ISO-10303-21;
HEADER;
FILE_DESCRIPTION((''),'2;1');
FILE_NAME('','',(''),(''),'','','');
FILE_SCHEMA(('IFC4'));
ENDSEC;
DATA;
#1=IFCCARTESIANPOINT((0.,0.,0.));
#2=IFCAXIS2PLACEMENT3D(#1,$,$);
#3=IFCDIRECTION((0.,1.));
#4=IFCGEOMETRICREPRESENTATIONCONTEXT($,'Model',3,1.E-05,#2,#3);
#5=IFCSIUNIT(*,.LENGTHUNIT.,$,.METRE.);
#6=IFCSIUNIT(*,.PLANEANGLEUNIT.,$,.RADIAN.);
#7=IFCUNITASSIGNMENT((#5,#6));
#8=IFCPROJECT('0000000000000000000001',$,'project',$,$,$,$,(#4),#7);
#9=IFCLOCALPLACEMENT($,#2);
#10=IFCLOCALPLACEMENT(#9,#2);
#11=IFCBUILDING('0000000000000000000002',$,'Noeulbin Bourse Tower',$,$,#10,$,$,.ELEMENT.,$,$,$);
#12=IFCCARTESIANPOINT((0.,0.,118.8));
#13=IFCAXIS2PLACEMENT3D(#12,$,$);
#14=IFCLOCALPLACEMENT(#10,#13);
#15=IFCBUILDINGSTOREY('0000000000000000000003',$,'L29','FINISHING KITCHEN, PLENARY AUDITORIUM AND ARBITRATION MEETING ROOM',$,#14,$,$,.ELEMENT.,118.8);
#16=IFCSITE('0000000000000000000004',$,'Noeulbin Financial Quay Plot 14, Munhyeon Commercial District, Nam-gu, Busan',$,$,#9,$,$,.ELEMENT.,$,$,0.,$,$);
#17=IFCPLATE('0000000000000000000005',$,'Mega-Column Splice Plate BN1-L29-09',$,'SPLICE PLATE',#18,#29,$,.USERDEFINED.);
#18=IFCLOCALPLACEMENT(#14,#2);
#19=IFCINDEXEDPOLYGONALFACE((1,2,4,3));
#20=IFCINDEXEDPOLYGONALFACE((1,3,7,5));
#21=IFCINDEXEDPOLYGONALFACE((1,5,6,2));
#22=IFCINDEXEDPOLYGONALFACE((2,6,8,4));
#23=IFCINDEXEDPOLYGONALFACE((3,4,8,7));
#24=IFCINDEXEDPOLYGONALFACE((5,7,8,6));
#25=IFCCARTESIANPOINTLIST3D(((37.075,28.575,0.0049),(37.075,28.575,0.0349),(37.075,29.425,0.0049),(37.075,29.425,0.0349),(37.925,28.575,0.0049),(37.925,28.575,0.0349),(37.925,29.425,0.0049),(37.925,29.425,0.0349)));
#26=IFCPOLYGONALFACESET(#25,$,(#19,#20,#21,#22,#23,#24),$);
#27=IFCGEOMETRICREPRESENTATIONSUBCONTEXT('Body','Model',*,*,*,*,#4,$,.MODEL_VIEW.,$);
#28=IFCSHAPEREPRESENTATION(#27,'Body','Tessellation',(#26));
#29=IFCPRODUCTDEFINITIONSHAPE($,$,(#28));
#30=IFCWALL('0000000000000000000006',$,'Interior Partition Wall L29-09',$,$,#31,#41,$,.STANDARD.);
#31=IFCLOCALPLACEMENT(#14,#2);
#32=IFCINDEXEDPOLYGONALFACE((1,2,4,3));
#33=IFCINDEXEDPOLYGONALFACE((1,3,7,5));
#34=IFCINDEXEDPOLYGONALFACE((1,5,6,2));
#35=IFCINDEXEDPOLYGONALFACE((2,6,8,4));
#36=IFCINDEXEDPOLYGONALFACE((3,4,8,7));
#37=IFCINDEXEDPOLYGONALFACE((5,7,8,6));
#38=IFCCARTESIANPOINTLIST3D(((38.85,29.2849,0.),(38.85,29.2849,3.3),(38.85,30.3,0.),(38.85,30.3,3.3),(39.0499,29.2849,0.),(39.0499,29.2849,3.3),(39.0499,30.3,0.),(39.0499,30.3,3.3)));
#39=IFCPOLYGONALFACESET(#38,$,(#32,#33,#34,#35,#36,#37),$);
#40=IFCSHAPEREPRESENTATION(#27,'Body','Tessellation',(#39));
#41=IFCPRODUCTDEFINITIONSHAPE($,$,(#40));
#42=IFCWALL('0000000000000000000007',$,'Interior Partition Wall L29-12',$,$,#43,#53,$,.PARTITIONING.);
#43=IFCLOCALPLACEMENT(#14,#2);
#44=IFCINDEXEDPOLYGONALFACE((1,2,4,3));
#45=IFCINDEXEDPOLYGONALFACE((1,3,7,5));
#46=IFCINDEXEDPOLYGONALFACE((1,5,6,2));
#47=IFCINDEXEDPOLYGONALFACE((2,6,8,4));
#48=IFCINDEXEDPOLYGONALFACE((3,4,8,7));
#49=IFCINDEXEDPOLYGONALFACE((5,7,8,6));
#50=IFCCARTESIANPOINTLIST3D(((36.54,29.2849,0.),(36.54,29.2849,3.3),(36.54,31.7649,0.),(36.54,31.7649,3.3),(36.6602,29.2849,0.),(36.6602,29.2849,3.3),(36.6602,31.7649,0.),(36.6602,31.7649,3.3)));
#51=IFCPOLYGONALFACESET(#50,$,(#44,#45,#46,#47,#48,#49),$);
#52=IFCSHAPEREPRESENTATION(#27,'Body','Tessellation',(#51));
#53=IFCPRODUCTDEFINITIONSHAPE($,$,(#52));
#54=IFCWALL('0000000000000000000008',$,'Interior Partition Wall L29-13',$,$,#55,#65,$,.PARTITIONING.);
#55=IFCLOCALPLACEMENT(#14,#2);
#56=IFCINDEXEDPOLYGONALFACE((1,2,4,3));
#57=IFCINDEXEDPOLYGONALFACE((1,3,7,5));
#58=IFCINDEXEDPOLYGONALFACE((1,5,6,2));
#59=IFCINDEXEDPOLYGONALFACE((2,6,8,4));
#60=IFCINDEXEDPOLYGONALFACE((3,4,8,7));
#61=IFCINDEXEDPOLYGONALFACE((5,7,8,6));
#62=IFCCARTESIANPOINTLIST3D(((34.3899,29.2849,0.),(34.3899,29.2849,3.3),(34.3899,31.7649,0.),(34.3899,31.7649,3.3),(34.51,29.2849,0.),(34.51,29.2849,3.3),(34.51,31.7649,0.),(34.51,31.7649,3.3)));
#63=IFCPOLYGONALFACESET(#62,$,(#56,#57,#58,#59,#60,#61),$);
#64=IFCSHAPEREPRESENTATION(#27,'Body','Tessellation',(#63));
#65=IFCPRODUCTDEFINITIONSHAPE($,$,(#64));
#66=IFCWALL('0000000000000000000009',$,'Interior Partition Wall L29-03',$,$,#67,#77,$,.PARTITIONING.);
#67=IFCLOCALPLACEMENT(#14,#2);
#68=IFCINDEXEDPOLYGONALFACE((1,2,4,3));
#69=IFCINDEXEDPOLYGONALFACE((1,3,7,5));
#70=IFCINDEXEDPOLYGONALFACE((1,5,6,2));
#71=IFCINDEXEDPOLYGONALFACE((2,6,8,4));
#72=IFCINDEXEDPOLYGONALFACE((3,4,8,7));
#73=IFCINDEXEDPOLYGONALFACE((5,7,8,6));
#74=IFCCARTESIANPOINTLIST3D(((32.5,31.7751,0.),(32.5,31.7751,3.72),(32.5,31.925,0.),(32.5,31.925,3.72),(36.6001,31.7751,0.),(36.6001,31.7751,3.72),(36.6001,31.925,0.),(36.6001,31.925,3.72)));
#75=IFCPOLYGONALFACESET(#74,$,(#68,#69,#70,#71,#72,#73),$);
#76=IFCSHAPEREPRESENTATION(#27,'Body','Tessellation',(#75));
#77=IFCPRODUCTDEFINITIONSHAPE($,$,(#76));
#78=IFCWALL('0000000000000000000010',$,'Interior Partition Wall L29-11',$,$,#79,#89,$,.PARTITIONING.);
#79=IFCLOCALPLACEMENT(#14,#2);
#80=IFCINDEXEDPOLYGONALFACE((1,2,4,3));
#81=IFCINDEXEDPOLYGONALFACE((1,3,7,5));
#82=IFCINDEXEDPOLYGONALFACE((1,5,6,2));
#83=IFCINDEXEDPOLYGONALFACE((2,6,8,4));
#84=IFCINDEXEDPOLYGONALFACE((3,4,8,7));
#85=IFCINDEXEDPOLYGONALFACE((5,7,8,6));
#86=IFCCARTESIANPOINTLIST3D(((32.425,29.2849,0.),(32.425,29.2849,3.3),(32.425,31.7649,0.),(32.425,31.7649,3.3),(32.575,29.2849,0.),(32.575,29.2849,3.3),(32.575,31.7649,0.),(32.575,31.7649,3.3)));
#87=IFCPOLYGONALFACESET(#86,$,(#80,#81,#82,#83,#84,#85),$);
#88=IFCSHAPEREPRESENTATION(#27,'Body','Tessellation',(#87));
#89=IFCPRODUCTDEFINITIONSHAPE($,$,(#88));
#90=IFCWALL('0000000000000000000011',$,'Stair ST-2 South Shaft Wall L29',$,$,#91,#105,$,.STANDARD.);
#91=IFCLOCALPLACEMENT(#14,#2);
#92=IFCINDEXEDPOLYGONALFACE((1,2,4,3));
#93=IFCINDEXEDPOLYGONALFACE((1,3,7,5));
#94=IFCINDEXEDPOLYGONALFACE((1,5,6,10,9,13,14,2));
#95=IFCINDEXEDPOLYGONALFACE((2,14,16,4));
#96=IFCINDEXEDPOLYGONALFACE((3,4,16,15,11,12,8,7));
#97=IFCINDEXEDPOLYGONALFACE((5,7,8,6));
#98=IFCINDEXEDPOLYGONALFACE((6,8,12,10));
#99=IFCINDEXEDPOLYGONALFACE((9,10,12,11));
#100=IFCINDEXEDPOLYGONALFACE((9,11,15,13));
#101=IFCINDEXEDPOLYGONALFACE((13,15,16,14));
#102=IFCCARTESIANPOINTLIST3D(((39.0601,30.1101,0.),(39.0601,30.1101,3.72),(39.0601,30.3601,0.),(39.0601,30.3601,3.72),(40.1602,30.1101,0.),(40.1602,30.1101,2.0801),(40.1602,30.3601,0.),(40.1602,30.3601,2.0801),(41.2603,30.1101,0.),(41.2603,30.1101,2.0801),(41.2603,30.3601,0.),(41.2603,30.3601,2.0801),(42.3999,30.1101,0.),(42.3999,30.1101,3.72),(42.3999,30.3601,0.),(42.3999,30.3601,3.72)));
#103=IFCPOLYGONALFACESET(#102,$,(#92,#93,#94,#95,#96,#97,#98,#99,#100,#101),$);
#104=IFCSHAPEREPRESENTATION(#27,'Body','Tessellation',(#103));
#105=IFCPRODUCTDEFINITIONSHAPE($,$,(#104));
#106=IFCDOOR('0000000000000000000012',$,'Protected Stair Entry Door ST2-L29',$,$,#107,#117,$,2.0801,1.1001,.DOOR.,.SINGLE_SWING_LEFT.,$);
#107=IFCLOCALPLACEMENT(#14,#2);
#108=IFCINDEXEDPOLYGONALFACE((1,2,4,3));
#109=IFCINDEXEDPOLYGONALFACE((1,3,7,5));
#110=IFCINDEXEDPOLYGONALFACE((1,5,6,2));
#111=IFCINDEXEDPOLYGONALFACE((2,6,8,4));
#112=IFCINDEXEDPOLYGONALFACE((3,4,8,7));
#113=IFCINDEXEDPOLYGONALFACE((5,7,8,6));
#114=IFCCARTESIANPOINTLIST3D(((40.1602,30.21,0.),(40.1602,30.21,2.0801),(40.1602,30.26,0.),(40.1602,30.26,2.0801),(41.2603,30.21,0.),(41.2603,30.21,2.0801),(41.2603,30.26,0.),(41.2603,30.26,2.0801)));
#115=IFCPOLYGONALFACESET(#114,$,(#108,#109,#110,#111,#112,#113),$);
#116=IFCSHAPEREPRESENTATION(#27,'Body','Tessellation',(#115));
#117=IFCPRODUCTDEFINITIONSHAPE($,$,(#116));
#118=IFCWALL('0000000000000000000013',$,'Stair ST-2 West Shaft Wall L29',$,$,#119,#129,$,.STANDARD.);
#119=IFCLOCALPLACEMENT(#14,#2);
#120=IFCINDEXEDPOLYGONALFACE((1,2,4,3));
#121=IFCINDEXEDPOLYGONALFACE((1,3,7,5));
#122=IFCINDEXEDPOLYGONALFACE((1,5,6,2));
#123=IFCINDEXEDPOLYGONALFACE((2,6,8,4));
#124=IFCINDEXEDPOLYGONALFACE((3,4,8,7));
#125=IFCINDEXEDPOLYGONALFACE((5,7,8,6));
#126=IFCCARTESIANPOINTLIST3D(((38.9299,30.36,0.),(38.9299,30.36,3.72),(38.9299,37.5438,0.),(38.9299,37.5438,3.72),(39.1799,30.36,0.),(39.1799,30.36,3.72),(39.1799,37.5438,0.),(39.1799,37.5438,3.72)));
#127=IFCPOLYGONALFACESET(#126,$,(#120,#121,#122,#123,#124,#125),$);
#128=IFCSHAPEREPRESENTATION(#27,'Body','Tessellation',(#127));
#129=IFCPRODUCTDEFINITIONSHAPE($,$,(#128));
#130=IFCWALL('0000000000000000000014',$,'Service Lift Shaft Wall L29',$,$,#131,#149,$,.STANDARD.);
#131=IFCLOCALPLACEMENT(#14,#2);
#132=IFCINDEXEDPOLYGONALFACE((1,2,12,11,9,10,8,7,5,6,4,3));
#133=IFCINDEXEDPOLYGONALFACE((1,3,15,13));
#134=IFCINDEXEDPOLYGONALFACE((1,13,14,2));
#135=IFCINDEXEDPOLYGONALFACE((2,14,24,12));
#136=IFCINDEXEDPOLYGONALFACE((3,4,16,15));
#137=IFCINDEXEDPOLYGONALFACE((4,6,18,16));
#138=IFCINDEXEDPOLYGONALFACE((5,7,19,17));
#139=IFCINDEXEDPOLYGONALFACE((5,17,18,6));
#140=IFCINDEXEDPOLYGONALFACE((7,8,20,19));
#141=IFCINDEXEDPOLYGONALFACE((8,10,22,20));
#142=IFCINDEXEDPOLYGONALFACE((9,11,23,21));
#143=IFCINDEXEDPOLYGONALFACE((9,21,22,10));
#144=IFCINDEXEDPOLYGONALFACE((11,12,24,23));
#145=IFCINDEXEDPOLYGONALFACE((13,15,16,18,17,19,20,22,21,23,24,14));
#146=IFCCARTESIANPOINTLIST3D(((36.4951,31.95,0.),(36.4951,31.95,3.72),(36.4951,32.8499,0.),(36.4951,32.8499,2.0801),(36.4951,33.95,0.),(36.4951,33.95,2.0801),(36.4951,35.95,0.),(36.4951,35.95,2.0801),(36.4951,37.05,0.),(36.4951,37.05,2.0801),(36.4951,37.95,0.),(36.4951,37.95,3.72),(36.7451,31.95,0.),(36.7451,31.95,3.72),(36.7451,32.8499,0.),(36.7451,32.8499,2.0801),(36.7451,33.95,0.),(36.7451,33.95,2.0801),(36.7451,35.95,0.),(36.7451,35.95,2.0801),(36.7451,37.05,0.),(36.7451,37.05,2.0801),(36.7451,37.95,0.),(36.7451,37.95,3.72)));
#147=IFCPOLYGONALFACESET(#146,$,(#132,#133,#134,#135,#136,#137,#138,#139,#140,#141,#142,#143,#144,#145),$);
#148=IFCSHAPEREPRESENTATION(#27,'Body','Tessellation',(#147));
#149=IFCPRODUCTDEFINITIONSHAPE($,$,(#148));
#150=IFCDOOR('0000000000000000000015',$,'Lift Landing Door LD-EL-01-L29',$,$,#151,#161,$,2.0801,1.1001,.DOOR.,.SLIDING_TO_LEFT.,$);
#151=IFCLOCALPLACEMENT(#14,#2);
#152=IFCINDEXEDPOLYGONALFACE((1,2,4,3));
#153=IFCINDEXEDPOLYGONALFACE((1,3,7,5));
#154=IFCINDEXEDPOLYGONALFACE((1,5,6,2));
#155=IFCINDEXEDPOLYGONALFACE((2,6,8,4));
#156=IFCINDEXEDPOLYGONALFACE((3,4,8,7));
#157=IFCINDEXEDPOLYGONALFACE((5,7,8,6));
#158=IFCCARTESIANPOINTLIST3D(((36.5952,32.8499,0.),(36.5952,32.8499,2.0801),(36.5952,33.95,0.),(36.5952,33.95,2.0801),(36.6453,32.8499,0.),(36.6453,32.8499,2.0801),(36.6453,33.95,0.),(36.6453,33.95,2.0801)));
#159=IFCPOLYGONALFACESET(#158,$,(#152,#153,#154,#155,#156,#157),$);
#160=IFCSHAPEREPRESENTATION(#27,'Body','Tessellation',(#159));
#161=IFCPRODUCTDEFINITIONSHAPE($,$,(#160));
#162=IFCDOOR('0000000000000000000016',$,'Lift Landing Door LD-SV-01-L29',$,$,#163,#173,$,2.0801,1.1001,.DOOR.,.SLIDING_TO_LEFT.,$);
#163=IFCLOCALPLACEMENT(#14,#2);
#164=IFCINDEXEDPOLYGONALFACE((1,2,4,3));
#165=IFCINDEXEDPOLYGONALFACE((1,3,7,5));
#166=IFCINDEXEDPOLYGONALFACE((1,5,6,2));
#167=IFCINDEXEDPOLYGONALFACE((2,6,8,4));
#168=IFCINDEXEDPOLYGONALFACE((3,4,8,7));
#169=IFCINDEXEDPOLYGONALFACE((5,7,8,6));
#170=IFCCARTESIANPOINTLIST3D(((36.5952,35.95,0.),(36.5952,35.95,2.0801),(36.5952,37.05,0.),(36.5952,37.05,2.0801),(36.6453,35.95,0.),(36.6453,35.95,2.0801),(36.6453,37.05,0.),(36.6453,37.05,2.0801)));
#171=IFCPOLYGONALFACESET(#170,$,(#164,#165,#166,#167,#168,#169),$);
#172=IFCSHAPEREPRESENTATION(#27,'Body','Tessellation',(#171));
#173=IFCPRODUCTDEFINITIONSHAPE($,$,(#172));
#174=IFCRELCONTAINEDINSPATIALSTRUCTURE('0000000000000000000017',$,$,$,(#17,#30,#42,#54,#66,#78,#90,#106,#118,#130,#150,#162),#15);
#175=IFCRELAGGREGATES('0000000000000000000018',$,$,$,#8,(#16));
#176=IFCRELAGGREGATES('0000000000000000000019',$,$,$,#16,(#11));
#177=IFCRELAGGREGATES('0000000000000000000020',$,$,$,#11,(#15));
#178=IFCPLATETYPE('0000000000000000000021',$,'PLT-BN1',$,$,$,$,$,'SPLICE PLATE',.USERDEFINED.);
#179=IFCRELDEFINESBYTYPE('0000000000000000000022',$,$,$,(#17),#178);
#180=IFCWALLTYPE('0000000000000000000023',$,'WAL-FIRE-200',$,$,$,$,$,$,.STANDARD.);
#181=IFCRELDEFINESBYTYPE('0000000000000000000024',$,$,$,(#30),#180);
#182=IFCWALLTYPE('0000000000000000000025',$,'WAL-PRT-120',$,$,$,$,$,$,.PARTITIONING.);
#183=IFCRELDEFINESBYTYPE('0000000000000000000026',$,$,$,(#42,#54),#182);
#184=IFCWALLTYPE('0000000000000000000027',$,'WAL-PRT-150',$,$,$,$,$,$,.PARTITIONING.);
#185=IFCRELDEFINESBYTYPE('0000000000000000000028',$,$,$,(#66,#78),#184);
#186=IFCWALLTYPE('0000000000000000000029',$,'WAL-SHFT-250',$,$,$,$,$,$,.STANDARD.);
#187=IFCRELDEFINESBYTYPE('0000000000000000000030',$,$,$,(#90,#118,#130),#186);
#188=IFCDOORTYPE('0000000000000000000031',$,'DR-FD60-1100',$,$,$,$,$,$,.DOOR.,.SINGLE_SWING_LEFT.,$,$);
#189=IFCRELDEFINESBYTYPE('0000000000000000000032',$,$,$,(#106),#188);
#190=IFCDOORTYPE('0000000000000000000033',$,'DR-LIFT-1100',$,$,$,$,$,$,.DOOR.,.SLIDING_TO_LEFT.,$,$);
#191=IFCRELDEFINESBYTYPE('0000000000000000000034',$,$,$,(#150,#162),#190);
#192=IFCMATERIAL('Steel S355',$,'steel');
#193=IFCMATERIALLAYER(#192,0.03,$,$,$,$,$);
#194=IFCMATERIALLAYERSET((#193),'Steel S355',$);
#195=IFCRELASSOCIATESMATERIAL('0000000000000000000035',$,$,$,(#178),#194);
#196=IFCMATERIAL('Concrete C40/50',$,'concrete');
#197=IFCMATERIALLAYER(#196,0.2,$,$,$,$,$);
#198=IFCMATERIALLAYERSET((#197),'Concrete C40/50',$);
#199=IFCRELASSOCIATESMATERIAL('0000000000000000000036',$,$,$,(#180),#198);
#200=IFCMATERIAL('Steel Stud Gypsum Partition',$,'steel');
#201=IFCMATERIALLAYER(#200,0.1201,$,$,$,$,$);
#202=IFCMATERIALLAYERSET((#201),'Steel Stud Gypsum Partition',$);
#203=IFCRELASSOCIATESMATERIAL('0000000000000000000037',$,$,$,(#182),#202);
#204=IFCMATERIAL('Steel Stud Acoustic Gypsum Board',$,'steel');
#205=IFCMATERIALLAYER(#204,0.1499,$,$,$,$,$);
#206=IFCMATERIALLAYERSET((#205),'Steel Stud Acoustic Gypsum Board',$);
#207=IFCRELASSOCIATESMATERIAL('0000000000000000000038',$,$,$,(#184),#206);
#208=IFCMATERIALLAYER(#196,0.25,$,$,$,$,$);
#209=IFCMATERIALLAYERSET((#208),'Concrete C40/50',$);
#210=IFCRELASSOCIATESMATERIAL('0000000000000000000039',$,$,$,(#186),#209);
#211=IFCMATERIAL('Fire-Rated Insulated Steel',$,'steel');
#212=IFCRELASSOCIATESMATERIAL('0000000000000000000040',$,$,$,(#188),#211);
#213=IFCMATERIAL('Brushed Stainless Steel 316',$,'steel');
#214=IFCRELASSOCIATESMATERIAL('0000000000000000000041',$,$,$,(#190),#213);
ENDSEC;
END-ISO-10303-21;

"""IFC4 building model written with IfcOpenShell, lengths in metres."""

from ifc_helpers import new_model, si_unit, direction, frame, frame_2d, origin, origin_2d, place, context, subcontext, project, spatial, rectangle, extrude, material, layer, layer_set, type_object, element, fill, save


model = new_model("IFC4")

# Units and contexts
model_context = context("Model", 3, precision=1e-05, world=origin(), true_north=direction((0.0, 1.0)))
body_context = subcontext(model_context, "Body", "Model", "MODEL_VIEW")
ifc_project = project(units=[si_unit("LENGTHUNIT", "METRE"), si_unit("PLANEANGLEUNIT", "RADIAN")], contexts=[model_context])

# Site, building, storey
site_placement = place(None, origin())
site = spatial("IfcSite", under=ifc_project, at=site_placement, Name="Noeulbin Financial Quay Plot 14, Munhyeon Commercial District, Nam-gu, Busan", CompositionType="ELEMENT", RefElevation=0.0)
building_placement = place(site_placement, origin())
building = spatial("IfcBuilding", under=site, at=building_placement, Name="Noeulbin Bourse Tower", CompositionType="ELEMENT")
storey_placement = place(building_placement, frame((0.0, 0.0, 118.8)))
storey = spatial("IfcBuildingStorey", under=building, at=storey_placement, Name="L29", Description="FINISHING KITCHEN, PLENARY AUDITORIUM AND ARBITRATION MEETING ROOM", CompositionType="ELEMENT", Elevation=118.8)

# Shared definitions
ifc_material_1 = material(Name="Steel S355", Category="steel")

# Plate
ifc_layer_1 = layer(ifc_material_1, 0.03)
ifc_layer_set_1 = layer_set([ifc_layer_1], Name="Steel S355")
plate_type = type_object("IfcPlateType", Name="PLT-BN1", ElementType="SPLICE PLATE", PredefinedType="USERDEFINED", material=ifc_layer_set_1)
for number, where, z_axis, x_axis, name in (
    (1, (37.5, 29.0, 0.0049), (0.0, 0.0, 1.0), (1.0, 0.0, 0.0), "Mega-Column Splice Plate BN1-L29-09"),
):
    element("IfcPlate", number, at=place(storey_placement, frame(where, z_axis=z_axis, x_axis=x_axis)), inside=storey, type_object=plate_type, Name=name, ObjectType="SPLICE PLATE", PredefinedType="USERDEFINED", context=body_context, shape_type="SweptSolid", body=[
        extrude(rectangle(XDim=0.8501, YDim=0.8501, at=origin_2d()), origin(), (0.0, 0.0, 1.0), 0.03),
    ])

# Walls
ifc_material_2 = material(Name="Concrete C40/50", Category="concrete")
ifc_layer_2 = layer(ifc_material_2, 0.2)
ifc_layer_set_2 = layer_set([ifc_layer_2], Name="Concrete C40/50")
wall_type_1 = type_object("IfcWallType", Name="WAL-FIRE-200", PredefinedType="STANDARD", material=ifc_layer_set_2)
wall_1_placement = place(storey_placement, frame((38.95, 29.2849, 0.0), z_axis=(0.0, 0.0, 1.0), x_axis=(0.0, 1.0, 0.0)))
element("IfcWall", 2, at=wall_1_placement, inside=storey, type_object=wall_type_1, Name="Interior Partition Wall L29-09", PredefinedType="STANDARD", context=body_context, shape_type="SweptSolid", body=[
    extrude(rectangle(XDim=1.0151, YDim=0.2, at=frame_2d((0.5076, 0.0))), origin(), (0.0, 0.0, 1.0), 3.3),
])
ifc_material_3 = material(Name="Steel Stud Gypsum Partition", Category="steel")
ifc_layer_3 = layer(ifc_material_3, 0.1201)
ifc_layer_set_3 = layer_set([ifc_layer_3], Name="Steel Stud Gypsum Partition")
wall_type_2 = type_object("IfcWallType", Name="WAL-PRT-120", PredefinedType="PARTITIONING", material=ifc_layer_set_3)
for number, where, z_axis, x_axis, name in (
    (3, (36.6001, 29.2849, 0.0), (0.0, 0.0, 1.0), (0.0, 1.0, 0.0), "Interior Partition Wall L29-12"),
    (4, (34.45, 29.2849, 0.0), (0.0, 0.0, 1.0), (0.0, 1.0, 0.0), "Interior Partition Wall L29-13"),
):
    element("IfcWall", number, at=place(storey_placement, frame(where, z_axis=z_axis, x_axis=x_axis)), inside=storey, type_object=wall_type_2, Name=name, PredefinedType="PARTITIONING", context=body_context, shape_type="SweptSolid", body=[
        extrude(rectangle(XDim=2.48, YDim=0.1201, at=frame_2d((1.24, 0.0))), origin(), (0.0, 0.0, 1.0), 3.3),
    ])
ifc_material_4 = material(Name="Steel Stud Acoustic Gypsum Board", Category="steel")
ifc_layer_4 = layer(ifc_material_4, 0.1499)
ifc_layer_set_4 = layer_set([ifc_layer_4], Name="Steel Stud Acoustic Gypsum Board")
wall_type_3 = type_object("IfcWallType", Name="WAL-PRT-150", PredefinedType="PARTITIONING", material=ifc_layer_set_4)
wall_2_placement = place(storey_placement, frame((32.5, 31.8501, 0.0), z_axis=(0.0, 0.0, 1.0), x_axis=(1.0, 0.0, 0.0)))
element("IfcWall", 5, at=wall_2_placement, inside=storey, type_object=wall_type_3, Name="Interior Partition Wall L29-03", PredefinedType="PARTITIONING", context=body_context, shape_type="SweptSolid", body=[
    extrude(rectangle(XDim=4.1001, YDim=0.1499, at=frame_2d((2.05, 0.0))), origin(), (0.0, 0.0, 1.0), 3.72),
])
wall_3_placement = place(storey_placement, frame((32.5, 29.2849, 0.0), z_axis=(0.0, 0.0, 1.0), x_axis=(0.0, 1.0, 0.0)))
element("IfcWall", 6, at=wall_3_placement, inside=storey, type_object=wall_type_3, Name="Interior Partition Wall L29-11", PredefinedType="PARTITIONING", context=body_context, shape_type="SweptSolid", body=[
    extrude(rectangle(XDim=2.48, YDim=0.1499, at=frame_2d((1.24, 0.0))), origin(), (0.0, 0.0, 1.0), 3.3),
])

# Wall, opening, door
ifc_layer_5 = layer(ifc_material_2, 0.25)
ifc_layer_set_5 = layer_set([ifc_layer_5], Name="Concrete C40/50")
wall_type_4 = type_object("IfcWallType", Name="WAL-SHFT-250", PredefinedType="STANDARD", material=ifc_layer_set_5)
wall_4_placement = place(storey_placement, frame((39.0601, 30.2351, 0.0), z_axis=(0.0, 0.0, 1.0), x_axis=(1.0, 0.0, 0.0)))
wall_4 = element("IfcWall", 7, at=wall_4_placement, inside=storey, type_object=wall_type_4, Name="Stair ST-2 South Shaft Wall L29", PredefinedType="STANDARD", context=body_context, shape_type="SweptSolid", body=[
    extrude(rectangle(XDim=3.3398, YDim=0.25, at=frame_2d((1.6699, 0.0))), origin(), (0.0, 0.0, 1.0), 3.72),
])
opening_1_placement = place(wall_4_placement, frame((1.1001, 0.0, 0.0)))
opening_1 = element("IfcOpeningElement", 8, at=opening_1_placement, cuts=wall_4, PredefinedType="OPENING", context=body_context, shape_type="SweptSolid", body=[
    extrude(rectangle(XDim=1.1001, YDim=2.0801, at=frame_2d((0.55, 1.04))), frame((0.0, 0.135, 0.0), z_axis=(0.0, -1.0, 0.0), x_axis=(1.0, 0.0, 0.0)), (0.0, 0.0, 1.0), 0.27),
])
ifc_material_5 = material(Name="Fire-Rated Insulated Steel", Category="steel")
door_type_1 = type_object("IfcDoorType", Name="DR-FD60-1100", OperationType="SINGLE_SWING_LEFT", PredefinedType="DOOR", material=ifc_material_5)
door_1_placement = place(opening_1_placement, origin())
door_1 = element("IfcDoor", 9, at=door_1_placement, inside=storey, type_object=door_type_1, Name="Protected Stair Entry Door ST2-L29", OperationType="SINGLE_SWING_LEFT", OverallHeight=2.0801, OverallWidth=1.1001, PredefinedType="DOOR", context=body_context, shape_type="SweptSolid", body=[
    extrude(rectangle(XDim=1.1001, YDim=2.0801, at=frame_2d((0.55, 1.04))), frame((0.0, 0.0249, 0.0), z_axis=(0.0, -1.0, 0.0), x_axis=(1.0, 0.0, 0.0)), (0.0, 0.0, 1.0), 0.05),
])
fill(opening_1, door_1)

# Wall
wall_5_placement = place(storey_placement, frame((39.0549, 30.3601, 0.0), z_axis=(0.0, 0.0, 1.0), x_axis=(0.0, 1.0, 0.0)))
element("IfcWall", 10, at=wall_5_placement, inside=storey, type_object=wall_type_4, Name="Stair ST-2 West Shaft Wall L29", PredefinedType="STANDARD", context=body_context, shape_type="SweptSolid", body=[
    extrude(rectangle(XDim=7.1838, YDim=0.25, at=frame_2d((3.5918, 0.0))), origin(), (0.0, 0.0, 1.0), 3.72),
])

# Wall, openings, doors
wall_6_placement = place(storey_placement, frame((36.6201, 31.95, 0.0), z_axis=(0.0, 0.0, 1.0), x_axis=(0.0, 1.0, 0.0)))
wall_6 = element("IfcWall", 11, at=wall_6_placement, inside=storey, type_object=wall_type_4, Name="Service Lift Shaft Wall L29", PredefinedType="STANDARD", context=body_context, shape_type="SweptSolid", body=[
    extrude(rectangle(XDim=6.0, YDim=0.25, at=frame_2d((3.0, 0.0))), origin(), (0.0, 0.0, 1.0), 3.72),
])
opening_2_placement = place(wall_6_placement, frame((0.8999, 0.0, 0.0)))
opening_2 = element("IfcOpeningElement", 12, at=opening_2_placement, cuts=wall_6, PredefinedType="OPENING", context=body_context, shape_type="SweptSolid", body=[
    extrude(rectangle(XDim=1.1001, YDim=2.0801, at=frame_2d((0.55, 1.04))), frame((0.0, 0.135, 0.0), z_axis=(0.0, -1.0, 0.0), x_axis=(1.0, 0.0, 0.0)), (0.0, 0.0, 1.0), 0.27),
])
opening_3_placement = place(wall_6_placement, frame((4.0, 0.0, 0.0)))
opening_3 = element("IfcOpeningElement", 13, at=opening_3_placement, cuts=wall_6, PredefinedType="OPENING", context=body_context, shape_type="SweptSolid", body=[
    extrude(rectangle(XDim=1.1001, YDim=2.0801, at=frame_2d((0.55, 1.04))), frame((0.0, 0.135, 0.0), z_axis=(0.0, -1.0, 0.0), x_axis=(1.0, 0.0, 0.0)), (0.0, 0.0, 1.0), 0.27),
])
ifc_material_6 = material(Name="Brushed Stainless Steel 316", Category="steel")
door_type_2 = type_object("IfcDoorType", Name="DR-LIFT-1100", OperationType="SLIDING_TO_LEFT", PredefinedType="DOOR", material=ifc_material_6)
door_2_placement = place(opening_2_placement, origin())
door_2 = element("IfcDoor", 14, at=door_2_placement, inside=storey, type_object=door_type_2, Name="Lift Landing Door LD-EL-01-L29", OperationType="SLIDING_TO_LEFT", OverallHeight=2.0801, OverallWidth=1.1001, PredefinedType="DOOR", context=body_context, shape_type="SweptSolid", body=[
    extrude(rectangle(XDim=1.1001, YDim=2.0801, at=frame_2d((0.55, 1.04))), frame((0.0, 0.0249, 0.0), z_axis=(0.0, -1.0, 0.0), x_axis=(1.0, 0.0, 0.0)), (0.0, 0.0, 1.0), 0.05),
])
fill(opening_2, door_2)
door_3_placement = place(opening_3_placement, origin())
door_3 = element("IfcDoor", 15, at=door_3_placement, inside=storey, type_object=door_type_2, Name="Lift Landing Door LD-SV-01-L29", OperationType="SLIDING_TO_LEFT", OverallHeight=2.0801, OverallWidth=1.1001, PredefinedType="DOOR", context=body_context, shape_type="SweptSolid", body=[
    extrude(rectangle(XDim=1.1001, YDim=2.0801, at=frame_2d((0.55, 1.04))), frame((0.0, 0.0249, 0.0), z_axis=(0.0, -1.0, 0.0), x_axis=(1.0, 0.0, 0.0)), (0.0, 0.0, 1.0), 0.05),
])
fill(opening_3, door_3)

save(model, "model.ifc")
